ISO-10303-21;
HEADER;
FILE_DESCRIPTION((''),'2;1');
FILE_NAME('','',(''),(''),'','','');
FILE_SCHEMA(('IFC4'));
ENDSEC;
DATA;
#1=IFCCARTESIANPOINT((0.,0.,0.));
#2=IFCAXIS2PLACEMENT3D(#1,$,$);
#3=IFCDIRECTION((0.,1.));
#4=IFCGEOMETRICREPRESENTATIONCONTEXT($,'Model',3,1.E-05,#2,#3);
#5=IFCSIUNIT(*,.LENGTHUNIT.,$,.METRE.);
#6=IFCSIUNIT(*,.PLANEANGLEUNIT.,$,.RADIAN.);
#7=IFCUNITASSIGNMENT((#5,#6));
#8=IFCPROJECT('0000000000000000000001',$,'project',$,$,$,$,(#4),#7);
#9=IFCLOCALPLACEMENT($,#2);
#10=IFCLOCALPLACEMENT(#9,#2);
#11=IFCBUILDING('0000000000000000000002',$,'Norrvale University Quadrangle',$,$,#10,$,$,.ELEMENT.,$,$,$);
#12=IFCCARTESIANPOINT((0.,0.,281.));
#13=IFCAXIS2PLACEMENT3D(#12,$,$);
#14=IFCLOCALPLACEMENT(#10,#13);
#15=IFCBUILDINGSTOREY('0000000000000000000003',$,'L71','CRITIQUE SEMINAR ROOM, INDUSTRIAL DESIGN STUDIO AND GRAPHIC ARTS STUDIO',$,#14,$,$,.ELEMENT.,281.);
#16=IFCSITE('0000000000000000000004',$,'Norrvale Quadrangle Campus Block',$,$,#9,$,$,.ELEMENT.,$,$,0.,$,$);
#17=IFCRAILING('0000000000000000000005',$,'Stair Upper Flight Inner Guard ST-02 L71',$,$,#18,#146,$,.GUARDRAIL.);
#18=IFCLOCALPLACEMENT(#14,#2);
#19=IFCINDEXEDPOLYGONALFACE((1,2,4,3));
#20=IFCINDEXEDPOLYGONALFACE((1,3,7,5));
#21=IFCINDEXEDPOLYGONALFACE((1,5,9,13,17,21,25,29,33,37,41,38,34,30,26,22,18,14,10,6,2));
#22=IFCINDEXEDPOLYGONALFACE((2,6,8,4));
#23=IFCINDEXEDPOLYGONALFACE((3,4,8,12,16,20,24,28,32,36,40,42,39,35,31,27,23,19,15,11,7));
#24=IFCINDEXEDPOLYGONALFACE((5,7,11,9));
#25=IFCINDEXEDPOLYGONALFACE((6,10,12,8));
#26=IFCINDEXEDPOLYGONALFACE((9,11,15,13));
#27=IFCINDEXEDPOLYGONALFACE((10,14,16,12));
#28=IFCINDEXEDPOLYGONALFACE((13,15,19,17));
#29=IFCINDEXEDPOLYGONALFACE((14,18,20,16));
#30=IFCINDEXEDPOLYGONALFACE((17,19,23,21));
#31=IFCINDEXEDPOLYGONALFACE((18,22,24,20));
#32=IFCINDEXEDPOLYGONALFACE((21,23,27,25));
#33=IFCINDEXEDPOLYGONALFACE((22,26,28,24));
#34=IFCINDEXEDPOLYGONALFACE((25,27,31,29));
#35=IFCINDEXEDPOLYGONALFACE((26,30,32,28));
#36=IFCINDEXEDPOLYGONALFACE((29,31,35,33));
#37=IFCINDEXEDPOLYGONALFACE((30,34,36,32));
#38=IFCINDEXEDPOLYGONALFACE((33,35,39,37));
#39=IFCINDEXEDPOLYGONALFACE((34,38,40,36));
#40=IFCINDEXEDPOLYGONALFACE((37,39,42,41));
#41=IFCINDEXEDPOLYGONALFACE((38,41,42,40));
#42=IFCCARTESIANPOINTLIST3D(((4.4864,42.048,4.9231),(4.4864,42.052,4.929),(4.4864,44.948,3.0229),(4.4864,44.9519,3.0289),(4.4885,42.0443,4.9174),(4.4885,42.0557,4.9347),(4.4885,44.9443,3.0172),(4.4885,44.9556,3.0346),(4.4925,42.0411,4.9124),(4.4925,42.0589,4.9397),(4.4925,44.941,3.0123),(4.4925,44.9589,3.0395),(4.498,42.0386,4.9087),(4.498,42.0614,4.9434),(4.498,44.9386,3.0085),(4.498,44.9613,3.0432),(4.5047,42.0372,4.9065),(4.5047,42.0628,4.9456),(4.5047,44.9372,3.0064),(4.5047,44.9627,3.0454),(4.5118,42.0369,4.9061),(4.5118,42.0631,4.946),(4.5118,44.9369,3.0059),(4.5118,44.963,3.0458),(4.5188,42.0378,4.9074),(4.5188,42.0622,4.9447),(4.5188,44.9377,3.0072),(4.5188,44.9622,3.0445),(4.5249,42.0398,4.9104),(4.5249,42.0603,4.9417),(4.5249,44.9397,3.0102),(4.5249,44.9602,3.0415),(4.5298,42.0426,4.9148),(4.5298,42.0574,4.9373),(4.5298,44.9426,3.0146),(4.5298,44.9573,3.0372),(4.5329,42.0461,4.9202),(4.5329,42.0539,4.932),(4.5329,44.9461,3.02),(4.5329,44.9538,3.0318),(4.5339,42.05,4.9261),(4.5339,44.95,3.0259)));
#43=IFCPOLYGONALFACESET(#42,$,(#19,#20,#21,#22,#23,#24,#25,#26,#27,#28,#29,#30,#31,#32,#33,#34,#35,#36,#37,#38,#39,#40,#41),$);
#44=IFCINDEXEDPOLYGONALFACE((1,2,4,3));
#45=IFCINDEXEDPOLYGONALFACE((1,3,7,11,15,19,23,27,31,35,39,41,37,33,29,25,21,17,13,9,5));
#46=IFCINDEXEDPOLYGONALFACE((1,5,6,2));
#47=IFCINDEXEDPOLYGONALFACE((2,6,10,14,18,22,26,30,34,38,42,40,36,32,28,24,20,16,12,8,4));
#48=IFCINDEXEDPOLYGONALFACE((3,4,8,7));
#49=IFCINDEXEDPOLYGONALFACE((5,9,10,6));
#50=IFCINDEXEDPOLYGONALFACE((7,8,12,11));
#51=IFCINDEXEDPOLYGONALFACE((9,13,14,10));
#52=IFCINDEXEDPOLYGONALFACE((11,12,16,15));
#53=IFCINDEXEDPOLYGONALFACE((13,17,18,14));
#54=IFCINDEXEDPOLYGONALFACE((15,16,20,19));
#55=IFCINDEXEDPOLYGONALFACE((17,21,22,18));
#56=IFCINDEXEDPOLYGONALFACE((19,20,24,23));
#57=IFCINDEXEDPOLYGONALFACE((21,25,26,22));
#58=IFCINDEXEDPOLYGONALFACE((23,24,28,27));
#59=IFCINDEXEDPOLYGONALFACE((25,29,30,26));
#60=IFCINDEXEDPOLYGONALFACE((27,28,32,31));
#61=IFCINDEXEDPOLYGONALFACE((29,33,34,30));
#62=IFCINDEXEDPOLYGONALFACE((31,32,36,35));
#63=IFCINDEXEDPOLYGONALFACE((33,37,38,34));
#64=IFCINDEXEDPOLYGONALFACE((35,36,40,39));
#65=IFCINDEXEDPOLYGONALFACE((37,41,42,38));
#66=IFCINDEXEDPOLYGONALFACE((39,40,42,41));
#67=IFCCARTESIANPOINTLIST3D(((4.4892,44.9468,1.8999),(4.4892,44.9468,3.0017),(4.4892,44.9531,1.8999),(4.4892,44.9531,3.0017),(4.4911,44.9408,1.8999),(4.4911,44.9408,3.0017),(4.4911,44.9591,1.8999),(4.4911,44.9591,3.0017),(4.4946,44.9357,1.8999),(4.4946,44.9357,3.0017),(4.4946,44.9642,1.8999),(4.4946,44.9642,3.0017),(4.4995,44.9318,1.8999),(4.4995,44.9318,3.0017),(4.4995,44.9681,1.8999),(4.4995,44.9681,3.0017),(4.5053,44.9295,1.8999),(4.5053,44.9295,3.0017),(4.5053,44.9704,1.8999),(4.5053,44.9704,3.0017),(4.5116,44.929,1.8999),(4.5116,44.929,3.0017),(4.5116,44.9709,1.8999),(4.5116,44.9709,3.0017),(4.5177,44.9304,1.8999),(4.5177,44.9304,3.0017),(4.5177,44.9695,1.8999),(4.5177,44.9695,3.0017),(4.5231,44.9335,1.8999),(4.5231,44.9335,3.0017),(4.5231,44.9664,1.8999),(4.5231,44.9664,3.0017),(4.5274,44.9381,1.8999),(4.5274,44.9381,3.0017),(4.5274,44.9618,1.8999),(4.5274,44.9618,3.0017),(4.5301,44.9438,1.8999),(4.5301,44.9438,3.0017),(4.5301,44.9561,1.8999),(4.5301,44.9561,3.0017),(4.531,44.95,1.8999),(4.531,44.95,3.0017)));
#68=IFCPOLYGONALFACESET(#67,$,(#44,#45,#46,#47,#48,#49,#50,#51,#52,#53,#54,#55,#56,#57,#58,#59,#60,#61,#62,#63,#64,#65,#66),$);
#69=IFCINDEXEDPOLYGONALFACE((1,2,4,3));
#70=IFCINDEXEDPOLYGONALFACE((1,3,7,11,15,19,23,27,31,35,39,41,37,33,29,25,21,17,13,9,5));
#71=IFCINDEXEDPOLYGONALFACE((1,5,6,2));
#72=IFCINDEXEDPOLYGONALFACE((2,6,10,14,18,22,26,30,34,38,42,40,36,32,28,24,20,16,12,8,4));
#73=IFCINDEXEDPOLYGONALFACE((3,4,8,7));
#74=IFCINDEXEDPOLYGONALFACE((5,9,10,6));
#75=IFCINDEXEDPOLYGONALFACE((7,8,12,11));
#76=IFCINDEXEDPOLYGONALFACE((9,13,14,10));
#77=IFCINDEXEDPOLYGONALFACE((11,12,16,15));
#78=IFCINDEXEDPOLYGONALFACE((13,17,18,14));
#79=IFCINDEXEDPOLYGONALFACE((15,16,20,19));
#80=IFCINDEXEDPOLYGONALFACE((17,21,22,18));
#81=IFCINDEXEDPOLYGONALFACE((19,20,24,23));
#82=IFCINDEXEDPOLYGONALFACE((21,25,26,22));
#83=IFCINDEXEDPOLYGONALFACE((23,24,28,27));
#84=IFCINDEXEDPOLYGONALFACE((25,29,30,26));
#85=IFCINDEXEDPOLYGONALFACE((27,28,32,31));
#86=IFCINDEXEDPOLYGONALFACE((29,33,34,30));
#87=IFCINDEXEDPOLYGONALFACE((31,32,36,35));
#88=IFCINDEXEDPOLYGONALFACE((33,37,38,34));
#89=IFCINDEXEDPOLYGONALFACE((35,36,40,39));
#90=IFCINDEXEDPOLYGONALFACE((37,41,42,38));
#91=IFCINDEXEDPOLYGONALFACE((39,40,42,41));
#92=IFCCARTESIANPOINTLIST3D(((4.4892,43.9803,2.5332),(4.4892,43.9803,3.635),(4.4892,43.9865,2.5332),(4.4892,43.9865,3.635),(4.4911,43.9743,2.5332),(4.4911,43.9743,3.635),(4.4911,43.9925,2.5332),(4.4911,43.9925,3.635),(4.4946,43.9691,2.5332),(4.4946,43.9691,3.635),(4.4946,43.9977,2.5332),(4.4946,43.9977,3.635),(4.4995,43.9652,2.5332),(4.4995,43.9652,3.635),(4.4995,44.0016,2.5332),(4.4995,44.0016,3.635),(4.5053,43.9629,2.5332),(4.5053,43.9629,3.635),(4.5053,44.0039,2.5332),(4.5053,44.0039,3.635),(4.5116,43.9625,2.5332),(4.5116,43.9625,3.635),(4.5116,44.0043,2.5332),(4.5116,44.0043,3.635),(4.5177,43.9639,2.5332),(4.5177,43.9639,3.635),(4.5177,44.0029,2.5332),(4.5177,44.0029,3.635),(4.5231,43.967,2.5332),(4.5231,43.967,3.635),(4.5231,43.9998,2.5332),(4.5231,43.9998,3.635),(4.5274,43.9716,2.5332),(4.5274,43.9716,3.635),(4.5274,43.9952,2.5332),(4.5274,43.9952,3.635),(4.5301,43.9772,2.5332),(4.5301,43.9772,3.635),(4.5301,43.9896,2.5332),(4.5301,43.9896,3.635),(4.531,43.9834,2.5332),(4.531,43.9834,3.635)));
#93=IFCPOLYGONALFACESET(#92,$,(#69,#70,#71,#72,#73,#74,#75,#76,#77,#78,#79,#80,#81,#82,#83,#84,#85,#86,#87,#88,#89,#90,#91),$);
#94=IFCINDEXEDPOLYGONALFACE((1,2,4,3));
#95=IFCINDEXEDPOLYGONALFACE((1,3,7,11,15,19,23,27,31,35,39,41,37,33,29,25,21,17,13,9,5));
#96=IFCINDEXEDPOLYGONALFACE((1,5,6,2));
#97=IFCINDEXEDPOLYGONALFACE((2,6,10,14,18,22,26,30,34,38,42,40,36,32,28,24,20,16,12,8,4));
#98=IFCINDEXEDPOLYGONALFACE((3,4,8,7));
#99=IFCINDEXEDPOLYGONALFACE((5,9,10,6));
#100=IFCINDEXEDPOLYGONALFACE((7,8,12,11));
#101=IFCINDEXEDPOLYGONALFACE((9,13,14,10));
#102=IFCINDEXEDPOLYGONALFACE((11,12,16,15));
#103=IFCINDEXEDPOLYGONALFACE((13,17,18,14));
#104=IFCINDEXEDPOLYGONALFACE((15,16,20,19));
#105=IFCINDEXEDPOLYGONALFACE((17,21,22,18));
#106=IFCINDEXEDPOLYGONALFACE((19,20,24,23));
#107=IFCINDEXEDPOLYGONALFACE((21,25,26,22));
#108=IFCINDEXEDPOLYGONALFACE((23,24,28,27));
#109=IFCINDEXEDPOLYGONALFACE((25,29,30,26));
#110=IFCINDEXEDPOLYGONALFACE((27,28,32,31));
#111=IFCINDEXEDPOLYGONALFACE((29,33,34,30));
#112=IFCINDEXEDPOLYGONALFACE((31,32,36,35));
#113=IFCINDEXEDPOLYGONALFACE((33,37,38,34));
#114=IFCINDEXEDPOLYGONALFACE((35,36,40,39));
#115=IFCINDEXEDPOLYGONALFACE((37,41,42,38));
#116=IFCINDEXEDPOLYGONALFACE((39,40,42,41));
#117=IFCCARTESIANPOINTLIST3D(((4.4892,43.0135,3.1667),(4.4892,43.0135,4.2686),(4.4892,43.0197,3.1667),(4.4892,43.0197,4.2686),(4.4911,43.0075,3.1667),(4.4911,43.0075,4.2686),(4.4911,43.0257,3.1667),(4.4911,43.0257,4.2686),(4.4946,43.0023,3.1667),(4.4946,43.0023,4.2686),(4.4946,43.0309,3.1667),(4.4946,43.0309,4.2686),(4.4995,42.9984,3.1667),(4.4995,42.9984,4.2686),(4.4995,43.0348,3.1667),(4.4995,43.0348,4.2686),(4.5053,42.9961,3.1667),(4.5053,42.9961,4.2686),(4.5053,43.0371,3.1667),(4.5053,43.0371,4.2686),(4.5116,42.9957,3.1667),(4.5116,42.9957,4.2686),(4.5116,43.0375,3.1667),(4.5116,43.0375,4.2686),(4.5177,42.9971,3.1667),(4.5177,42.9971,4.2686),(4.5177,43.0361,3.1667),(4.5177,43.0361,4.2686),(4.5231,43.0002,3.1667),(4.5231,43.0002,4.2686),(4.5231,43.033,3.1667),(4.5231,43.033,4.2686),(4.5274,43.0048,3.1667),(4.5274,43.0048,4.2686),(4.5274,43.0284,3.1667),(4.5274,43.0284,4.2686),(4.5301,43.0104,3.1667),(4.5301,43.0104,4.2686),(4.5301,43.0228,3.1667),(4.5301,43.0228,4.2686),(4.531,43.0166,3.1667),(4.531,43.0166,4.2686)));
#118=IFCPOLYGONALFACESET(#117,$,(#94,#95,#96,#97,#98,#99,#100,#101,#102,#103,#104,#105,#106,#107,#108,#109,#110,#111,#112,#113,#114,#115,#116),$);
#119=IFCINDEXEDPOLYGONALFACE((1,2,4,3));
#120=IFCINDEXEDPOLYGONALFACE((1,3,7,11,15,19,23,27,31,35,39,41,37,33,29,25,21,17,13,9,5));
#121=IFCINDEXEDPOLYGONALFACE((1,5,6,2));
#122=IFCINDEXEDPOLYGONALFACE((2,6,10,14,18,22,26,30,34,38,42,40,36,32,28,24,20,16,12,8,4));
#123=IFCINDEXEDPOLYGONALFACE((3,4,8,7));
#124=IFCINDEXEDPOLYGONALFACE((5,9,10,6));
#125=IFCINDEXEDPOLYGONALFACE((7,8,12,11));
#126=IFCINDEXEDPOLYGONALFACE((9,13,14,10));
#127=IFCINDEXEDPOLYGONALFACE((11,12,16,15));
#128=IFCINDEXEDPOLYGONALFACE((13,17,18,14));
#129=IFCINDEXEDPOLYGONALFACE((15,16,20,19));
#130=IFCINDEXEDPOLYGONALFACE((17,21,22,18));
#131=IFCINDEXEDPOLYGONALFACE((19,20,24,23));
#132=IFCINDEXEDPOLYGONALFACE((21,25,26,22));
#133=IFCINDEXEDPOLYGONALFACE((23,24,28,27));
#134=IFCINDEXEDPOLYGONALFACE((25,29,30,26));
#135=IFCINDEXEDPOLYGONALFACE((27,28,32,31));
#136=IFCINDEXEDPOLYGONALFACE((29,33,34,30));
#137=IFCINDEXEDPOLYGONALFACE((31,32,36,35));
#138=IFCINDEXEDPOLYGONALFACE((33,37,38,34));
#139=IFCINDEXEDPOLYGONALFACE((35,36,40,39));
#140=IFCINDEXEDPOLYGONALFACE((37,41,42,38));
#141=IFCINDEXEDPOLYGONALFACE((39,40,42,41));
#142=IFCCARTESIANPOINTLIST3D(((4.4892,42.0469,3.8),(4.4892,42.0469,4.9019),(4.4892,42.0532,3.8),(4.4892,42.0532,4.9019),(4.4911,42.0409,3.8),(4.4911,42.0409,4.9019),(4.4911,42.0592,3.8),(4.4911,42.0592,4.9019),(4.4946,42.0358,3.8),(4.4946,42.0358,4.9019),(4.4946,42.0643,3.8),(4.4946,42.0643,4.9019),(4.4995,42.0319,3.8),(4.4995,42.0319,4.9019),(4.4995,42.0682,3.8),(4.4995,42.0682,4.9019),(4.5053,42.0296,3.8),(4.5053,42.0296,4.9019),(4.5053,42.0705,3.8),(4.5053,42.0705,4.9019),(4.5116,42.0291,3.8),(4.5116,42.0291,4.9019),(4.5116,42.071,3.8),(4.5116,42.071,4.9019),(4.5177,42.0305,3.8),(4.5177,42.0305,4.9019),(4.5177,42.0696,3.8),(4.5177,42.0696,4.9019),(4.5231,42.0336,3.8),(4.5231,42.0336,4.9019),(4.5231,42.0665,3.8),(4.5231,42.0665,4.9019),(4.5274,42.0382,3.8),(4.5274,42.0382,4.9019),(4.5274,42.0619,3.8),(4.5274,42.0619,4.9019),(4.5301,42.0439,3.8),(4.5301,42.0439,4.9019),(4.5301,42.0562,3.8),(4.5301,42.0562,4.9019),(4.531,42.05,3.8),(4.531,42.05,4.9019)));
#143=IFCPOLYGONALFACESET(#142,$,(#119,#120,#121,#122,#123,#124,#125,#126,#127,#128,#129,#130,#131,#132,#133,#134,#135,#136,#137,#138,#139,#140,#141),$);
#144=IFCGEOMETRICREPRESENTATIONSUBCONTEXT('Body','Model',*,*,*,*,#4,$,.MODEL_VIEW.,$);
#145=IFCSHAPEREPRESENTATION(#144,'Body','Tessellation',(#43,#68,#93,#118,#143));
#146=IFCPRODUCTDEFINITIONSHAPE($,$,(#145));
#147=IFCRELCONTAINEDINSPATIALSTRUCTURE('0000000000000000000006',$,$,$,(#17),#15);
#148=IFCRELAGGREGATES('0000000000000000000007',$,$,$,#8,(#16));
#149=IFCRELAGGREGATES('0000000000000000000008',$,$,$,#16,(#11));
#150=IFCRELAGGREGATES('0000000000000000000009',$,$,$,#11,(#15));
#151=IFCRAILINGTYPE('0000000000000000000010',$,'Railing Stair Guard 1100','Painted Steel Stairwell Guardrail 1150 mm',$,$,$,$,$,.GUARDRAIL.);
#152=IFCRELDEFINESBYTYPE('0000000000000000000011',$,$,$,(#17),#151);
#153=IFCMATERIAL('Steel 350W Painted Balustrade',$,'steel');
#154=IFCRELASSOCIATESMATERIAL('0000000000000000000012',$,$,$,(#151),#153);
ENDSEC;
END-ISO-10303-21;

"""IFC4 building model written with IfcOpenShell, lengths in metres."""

from ifc_helpers import new_model, si_unit, direction, frame, origin, origin_2d, place, context, subcontext, project, spatial, circle, extrude, material, type_object, element, save


model = new_model("IFC4")

# Units and contexts
model_context = context("Model", 3, precision=1e-05, world=origin(), true_north=direction((0.0, 1.0)))
body_context = subcontext(model_context, "Body", "Model", "MODEL_VIEW")
ifc_project = project(units=[si_unit("LENGTHUNIT", "METRE"), si_unit("PLANEANGLEUNIT", "RADIAN")], contexts=[model_context])

# Site, building, storey
site_placement = place(None, origin())
site = spatial("IfcSite", under=ifc_project, at=site_placement, Name="Norrvale Quadrangle Campus Block", CompositionType="ELEMENT", RefElevation=0.0)
building_placement = place(site_placement, origin())
building = spatial("IfcBuilding", under=site, at=building_placement, Name="Norrvale University Quadrangle", CompositionType="ELEMENT")
storey_placement = place(building_placement, frame((0.0, 0.0, 281.0)))
storey = spatial("IfcBuildingStorey", under=building, at=storey_placement, Name="L71", Description="CRITIQUE SEMINAR ROOM, INDUSTRIAL DESIGN STUDIO AND GRAPHIC ARTS STUDIO", CompositionType="ELEMENT", Elevation=281.0)

# Railing
ifc_material_1 = material(Name="Steel 350W Painted Balustrade", Category="steel")
railing_type_1 = type_object("IfcRailingType", Name="Railing Stair Guard 1100", Description="Painted Steel Stairwell Guardrail 1150 mm", PredefinedType="GUARDRAIL", material=ifc_material_1)
railing_1_placement = place(storey_placement, frame((4.51, 44.95, 1.8999)))
element("IfcRailing", 1, at=railing_1_placement, inside=storey, type_object=railing_type_1, Name="Stair Upper Flight Inner Guard ST-02 L71", PredefinedType="GUARDRAIL", context=body_context, shape_type="SweptSolid", body=[
    extrude(circle(Radius=0.0239, at=origin_2d()), frame((0.0, 0.0, 1.126), z_axis=(0.0, -0.836433, 0.548069), x_axis=(1.0, 0.0, 0.0)), (0.0, 0.0, 1.0), 3.467),
    extrude(circle(Radius=0.021, at=origin_2d()), origin(), (0.0, 0.0, 1.0), 1.1018),
    extrude(circle(Radius=0.021, at=origin_2d()), frame((0.0, -0.9666, 0.6333)), (0.0, 0.0, 1.0), 1.1018),
    extrude(circle(Radius=0.021, at=origin_2d()), frame((0.0, -1.9333, 1.2668)), (0.0, 0.0, 1.0), 1.1018),
    extrude(circle(Radius=0.021, at=origin_2d()), frame((0.0, -2.8999, 1.9001)), (0.0, 0.0, 1.0), 1.1018),
])

save(model, "model.ifc")
